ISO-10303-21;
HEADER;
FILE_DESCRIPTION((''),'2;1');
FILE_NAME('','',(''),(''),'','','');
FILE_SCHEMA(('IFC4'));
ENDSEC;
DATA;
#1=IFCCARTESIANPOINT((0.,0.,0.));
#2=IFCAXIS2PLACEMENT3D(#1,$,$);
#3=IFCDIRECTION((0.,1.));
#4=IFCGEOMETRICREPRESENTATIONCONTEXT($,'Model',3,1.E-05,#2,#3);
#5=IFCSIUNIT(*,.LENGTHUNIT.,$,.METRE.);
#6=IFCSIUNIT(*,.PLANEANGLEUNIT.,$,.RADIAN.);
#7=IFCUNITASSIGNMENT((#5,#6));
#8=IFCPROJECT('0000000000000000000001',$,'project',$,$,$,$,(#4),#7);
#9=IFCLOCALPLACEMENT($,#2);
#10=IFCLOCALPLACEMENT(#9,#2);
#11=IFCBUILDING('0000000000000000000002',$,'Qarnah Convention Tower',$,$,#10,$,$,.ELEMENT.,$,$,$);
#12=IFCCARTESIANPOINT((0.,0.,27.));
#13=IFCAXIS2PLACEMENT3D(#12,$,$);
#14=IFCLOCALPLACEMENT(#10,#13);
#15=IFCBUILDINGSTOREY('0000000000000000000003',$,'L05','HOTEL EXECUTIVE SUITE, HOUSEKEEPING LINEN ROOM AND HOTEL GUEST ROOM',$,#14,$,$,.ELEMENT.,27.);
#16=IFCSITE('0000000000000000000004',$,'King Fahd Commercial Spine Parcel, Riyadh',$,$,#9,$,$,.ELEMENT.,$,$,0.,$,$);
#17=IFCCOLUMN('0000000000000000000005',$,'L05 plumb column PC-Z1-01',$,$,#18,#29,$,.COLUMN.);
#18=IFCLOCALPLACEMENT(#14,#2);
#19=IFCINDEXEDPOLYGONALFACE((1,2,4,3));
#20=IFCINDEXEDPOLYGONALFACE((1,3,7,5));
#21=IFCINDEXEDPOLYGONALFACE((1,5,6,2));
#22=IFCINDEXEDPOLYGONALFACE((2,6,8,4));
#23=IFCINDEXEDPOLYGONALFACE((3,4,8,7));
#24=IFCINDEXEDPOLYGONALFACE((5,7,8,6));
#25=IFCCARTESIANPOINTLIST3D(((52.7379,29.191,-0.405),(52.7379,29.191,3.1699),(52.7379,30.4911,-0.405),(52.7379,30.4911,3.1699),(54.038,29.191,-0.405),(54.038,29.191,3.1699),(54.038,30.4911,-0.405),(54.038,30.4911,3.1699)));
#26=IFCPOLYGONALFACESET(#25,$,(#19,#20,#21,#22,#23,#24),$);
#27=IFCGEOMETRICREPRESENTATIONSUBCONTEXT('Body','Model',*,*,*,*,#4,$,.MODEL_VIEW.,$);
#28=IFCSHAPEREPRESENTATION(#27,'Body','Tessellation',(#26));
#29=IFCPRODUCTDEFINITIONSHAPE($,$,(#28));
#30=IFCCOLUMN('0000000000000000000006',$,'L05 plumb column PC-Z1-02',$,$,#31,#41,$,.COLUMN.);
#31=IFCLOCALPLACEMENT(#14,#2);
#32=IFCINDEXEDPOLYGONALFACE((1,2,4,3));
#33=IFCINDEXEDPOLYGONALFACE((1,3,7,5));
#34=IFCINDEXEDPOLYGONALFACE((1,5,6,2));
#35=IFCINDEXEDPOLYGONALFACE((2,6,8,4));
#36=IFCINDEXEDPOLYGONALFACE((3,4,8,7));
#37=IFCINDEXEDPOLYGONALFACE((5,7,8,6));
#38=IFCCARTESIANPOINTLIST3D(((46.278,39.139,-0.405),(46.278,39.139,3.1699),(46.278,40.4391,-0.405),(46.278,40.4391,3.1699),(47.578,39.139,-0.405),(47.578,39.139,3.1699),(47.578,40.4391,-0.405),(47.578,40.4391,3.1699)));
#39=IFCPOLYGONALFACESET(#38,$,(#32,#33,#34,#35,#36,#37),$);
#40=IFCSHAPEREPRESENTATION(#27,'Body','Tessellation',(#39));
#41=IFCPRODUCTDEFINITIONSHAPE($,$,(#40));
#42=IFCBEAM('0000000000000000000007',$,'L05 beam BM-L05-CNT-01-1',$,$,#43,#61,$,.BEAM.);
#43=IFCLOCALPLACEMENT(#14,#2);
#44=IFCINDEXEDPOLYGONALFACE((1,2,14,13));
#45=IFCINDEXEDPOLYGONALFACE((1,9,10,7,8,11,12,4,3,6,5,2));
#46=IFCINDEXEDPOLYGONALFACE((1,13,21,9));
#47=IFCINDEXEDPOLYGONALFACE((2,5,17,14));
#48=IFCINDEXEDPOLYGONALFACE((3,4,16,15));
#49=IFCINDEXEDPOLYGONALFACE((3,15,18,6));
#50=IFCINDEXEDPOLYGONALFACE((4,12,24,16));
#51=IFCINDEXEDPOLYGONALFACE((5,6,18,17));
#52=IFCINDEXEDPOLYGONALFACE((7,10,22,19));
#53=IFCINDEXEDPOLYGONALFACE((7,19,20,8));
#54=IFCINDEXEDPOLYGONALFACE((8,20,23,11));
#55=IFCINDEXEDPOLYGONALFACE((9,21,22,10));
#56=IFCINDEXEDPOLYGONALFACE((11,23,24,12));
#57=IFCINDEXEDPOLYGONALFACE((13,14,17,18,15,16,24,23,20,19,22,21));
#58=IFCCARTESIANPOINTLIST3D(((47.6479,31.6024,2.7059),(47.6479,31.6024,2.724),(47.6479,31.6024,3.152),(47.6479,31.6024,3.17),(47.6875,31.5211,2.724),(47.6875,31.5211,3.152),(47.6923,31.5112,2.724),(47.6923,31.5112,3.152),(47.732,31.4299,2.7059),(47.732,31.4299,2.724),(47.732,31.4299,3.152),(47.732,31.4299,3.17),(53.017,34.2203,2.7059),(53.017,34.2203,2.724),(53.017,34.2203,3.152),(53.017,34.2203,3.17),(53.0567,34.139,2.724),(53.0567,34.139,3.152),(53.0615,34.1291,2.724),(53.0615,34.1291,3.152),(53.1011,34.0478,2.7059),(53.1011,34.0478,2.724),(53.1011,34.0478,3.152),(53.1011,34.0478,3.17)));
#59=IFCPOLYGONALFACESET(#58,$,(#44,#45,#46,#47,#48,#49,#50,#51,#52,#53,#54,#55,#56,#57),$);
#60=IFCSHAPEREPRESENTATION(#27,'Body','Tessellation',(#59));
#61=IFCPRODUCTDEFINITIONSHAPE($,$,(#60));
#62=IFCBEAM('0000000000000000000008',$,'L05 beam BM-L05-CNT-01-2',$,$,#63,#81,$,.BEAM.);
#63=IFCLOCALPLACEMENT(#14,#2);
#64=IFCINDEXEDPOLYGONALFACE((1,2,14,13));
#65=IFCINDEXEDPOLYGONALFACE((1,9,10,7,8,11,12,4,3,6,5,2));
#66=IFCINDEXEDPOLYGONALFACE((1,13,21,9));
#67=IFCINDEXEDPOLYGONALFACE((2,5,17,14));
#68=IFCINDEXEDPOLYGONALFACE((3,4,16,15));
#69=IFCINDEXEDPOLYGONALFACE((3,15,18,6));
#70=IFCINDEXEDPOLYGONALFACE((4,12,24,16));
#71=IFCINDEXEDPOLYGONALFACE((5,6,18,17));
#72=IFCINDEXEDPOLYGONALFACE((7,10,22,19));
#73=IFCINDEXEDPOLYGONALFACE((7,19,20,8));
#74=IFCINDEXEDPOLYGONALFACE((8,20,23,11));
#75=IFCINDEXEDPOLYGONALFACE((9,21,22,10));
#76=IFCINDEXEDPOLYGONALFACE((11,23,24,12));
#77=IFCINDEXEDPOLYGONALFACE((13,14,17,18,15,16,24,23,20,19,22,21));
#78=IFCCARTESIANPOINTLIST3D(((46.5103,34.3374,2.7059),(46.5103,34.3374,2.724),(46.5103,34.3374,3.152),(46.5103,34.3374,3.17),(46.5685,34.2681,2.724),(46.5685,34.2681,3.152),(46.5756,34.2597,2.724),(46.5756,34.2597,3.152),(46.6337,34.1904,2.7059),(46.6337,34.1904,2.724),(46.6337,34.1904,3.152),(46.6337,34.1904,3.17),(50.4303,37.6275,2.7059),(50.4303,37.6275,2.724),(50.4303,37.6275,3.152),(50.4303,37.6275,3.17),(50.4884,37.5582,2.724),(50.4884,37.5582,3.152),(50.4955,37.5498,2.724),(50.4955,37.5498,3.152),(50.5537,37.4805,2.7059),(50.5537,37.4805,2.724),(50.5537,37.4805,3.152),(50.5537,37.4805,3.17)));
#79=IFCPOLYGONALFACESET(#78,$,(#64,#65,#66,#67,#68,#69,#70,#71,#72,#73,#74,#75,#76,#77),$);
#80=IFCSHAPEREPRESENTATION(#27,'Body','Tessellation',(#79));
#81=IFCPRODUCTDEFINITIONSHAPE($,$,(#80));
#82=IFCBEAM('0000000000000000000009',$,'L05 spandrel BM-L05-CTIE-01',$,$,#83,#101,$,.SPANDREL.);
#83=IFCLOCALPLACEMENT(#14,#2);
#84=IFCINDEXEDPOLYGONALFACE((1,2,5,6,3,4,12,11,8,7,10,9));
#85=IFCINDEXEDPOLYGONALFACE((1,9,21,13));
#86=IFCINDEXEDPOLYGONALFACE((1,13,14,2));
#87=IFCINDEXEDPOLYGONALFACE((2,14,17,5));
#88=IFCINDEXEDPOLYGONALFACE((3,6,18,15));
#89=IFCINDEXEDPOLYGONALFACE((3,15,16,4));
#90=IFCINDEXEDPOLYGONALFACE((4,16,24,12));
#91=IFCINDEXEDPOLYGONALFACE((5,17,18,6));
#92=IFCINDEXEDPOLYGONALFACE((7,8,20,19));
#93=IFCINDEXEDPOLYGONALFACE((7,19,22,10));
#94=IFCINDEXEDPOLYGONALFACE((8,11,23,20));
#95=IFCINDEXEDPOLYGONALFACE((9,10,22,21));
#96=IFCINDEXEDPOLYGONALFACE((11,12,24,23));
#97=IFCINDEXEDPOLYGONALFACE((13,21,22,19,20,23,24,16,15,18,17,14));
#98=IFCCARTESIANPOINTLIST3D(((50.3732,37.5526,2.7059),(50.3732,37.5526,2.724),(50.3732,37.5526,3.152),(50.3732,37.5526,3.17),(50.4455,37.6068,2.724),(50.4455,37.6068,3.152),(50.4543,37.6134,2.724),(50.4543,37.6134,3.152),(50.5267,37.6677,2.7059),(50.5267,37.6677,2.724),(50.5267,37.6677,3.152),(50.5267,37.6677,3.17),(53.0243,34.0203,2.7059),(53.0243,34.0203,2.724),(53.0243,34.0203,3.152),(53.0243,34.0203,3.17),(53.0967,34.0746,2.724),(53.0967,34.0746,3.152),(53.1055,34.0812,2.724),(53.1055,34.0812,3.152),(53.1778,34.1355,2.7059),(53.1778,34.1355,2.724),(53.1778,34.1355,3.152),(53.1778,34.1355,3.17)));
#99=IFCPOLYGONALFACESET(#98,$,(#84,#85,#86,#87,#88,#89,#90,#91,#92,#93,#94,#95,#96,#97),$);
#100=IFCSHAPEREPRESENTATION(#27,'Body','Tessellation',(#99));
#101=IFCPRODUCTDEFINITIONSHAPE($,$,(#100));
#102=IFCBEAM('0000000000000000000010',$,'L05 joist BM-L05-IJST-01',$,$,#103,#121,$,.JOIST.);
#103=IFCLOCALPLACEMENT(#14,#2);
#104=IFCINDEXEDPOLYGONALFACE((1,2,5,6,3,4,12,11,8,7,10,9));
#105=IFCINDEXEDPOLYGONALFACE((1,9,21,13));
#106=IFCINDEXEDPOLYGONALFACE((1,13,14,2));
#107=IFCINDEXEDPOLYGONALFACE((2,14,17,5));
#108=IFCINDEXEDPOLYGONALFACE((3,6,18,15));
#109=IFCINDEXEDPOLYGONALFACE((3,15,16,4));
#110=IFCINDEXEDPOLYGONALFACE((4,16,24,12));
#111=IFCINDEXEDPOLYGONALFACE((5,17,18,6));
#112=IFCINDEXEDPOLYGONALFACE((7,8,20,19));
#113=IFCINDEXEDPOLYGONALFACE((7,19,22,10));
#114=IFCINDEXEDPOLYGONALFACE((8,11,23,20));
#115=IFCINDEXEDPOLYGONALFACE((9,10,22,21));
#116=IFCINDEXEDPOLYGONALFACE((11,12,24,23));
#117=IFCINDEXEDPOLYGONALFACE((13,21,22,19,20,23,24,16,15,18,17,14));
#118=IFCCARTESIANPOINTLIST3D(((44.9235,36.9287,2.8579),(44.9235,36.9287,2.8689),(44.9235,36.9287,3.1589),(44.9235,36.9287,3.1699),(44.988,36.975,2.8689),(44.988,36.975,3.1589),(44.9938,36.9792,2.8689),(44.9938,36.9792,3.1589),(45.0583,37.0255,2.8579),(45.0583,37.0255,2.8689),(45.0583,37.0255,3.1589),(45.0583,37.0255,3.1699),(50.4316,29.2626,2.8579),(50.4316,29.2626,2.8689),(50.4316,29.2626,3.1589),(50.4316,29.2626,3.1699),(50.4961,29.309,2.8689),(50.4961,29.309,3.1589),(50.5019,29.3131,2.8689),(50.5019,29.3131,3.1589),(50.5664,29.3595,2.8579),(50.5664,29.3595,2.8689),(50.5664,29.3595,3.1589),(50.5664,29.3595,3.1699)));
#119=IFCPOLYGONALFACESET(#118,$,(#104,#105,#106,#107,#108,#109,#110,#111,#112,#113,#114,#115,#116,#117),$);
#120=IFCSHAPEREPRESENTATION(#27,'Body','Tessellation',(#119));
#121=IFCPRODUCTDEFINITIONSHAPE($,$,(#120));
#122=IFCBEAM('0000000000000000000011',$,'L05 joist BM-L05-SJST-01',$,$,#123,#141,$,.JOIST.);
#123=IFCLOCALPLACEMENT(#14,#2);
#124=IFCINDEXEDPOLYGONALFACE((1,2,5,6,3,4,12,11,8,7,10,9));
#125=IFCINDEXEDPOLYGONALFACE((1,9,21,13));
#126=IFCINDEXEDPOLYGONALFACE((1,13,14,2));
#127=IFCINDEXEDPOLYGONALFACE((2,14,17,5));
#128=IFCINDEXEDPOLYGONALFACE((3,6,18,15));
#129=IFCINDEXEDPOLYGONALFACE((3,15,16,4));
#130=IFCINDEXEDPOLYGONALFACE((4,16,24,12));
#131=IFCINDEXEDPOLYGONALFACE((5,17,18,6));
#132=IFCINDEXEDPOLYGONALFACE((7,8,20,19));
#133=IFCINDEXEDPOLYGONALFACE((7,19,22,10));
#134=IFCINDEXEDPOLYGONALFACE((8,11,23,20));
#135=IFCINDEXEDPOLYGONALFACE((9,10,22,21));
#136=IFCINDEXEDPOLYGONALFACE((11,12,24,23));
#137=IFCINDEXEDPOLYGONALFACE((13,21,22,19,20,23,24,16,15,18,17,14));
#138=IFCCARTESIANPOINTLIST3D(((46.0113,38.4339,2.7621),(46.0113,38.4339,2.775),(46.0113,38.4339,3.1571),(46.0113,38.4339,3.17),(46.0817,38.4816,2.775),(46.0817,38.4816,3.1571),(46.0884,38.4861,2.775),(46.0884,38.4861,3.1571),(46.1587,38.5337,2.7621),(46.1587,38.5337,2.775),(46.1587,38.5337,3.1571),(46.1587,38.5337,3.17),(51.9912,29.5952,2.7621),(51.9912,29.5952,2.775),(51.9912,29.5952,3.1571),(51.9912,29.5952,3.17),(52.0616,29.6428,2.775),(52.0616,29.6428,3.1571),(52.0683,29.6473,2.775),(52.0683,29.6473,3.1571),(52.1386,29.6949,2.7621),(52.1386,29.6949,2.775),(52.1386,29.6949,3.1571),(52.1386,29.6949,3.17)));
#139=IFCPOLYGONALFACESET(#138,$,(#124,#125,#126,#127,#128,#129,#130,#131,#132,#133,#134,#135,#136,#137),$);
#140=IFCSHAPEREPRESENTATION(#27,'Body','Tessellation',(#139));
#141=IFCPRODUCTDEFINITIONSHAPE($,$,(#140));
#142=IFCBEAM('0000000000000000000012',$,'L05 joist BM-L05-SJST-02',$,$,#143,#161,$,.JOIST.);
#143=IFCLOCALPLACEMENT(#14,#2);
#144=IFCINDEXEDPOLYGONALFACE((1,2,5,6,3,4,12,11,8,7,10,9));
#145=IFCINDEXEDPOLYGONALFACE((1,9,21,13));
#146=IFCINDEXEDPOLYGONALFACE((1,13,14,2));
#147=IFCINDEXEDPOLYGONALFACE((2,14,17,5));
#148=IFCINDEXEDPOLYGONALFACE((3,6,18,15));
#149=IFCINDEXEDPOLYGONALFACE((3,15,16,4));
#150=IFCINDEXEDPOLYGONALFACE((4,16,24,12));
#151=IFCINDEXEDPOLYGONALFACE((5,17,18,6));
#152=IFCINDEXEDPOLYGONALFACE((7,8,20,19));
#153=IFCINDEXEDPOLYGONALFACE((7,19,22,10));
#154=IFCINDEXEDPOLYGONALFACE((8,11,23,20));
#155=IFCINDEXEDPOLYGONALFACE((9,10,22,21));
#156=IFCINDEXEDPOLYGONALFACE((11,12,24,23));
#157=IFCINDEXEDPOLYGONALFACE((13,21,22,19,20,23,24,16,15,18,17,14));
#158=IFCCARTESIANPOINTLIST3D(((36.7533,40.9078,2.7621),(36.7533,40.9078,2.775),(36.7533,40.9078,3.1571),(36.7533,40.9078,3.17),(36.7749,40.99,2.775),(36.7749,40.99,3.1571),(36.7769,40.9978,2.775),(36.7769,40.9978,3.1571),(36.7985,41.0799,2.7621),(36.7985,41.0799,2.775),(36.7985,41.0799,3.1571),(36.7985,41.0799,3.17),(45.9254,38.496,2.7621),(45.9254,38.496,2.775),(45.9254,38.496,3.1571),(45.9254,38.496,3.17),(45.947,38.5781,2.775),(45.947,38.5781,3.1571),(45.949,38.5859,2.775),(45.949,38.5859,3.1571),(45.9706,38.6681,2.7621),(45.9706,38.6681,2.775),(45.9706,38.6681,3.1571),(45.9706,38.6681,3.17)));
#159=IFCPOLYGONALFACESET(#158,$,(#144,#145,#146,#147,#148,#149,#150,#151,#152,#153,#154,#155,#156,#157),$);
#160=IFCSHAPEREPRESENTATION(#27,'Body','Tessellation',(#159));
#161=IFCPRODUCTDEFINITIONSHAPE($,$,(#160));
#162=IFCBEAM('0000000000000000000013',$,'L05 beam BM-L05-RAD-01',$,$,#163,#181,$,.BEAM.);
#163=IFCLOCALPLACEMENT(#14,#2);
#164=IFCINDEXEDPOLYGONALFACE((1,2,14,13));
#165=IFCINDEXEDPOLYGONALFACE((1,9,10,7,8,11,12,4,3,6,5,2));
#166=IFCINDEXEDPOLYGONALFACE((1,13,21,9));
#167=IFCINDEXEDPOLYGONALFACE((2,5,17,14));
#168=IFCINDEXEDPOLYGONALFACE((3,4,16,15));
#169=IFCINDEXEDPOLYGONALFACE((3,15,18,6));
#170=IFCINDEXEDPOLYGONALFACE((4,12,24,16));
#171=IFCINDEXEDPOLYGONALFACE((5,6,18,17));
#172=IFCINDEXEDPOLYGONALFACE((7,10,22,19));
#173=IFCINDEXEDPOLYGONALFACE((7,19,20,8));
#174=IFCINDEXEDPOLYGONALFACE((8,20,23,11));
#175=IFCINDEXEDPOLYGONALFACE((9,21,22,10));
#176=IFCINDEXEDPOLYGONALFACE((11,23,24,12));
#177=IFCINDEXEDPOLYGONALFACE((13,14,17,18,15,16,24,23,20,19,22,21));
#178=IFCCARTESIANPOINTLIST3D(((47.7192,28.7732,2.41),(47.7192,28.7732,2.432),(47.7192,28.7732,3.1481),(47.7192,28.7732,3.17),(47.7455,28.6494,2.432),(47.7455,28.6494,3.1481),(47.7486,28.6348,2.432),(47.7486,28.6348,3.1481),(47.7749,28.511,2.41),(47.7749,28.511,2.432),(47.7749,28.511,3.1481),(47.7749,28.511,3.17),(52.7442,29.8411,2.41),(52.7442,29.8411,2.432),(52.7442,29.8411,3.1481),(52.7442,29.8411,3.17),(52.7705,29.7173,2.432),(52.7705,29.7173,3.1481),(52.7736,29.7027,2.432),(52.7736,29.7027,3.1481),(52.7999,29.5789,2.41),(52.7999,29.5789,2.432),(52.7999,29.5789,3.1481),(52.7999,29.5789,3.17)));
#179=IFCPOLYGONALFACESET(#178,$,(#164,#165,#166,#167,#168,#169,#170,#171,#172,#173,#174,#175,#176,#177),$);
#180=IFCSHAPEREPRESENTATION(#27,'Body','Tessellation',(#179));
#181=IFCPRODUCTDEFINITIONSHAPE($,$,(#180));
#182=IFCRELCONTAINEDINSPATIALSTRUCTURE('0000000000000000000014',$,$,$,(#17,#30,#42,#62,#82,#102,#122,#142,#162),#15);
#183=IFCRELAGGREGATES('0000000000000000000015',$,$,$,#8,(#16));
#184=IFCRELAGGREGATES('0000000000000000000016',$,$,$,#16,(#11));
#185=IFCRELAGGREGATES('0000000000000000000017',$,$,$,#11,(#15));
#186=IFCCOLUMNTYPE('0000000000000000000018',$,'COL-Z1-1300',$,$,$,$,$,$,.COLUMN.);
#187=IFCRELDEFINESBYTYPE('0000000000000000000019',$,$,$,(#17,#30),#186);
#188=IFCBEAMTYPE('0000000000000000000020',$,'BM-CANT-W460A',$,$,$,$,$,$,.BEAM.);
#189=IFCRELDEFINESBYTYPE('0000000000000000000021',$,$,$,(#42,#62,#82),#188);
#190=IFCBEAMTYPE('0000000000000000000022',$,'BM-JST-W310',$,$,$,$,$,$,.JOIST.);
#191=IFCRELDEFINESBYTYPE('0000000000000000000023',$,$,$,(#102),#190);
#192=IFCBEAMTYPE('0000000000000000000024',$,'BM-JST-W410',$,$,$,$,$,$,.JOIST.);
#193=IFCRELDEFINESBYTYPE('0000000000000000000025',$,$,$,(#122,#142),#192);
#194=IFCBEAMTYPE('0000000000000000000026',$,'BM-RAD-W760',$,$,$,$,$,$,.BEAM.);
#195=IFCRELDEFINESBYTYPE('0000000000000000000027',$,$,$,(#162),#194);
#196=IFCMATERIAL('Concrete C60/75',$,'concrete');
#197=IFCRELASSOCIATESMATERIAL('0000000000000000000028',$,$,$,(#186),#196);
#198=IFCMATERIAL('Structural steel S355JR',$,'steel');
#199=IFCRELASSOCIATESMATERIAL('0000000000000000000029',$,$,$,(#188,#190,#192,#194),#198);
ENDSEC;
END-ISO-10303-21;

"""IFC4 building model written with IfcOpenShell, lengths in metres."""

from ifc_helpers import new_model, si_unit, direction, frame, origin, origin_2d, place, context, subcontext, project, spatial, rectangle, i_section, extrude, material, material_profile, profile_set, type_object, element, save


model = new_model("IFC4")

# Units and contexts
model_context = context("Model", 3, precision=1e-05, world=origin(), true_north=direction((0.0, 1.0)))
body_context = subcontext(model_context, "Body", "Model", "MODEL_VIEW")
ifc_project = project(units=[si_unit("LENGTHUNIT", "METRE"), si_unit("PLANEANGLEUNIT", "RADIAN")], contexts=[model_context])

# Site, building, storey
site_placement = place(None, origin())
site = spatial("IfcSite", under=ifc_project, at=site_placement, Name="King Fahd Commercial Spine Parcel, Riyadh", CompositionType="ELEMENT", RefElevation=0.0)
building_placement = place(site_placement, origin())
building = spatial("IfcBuilding", under=site, at=building_placement, Name="Qarnah Convention Tower", CompositionType="ELEMENT")
storey_placement = place(building_placement, frame((0.0, 0.0, 27.0)))
storey = spatial("IfcBuildingStorey", under=building, at=storey_placement, Name="L05", Description="HOTEL EXECUTIVE SUITE, HOUSEKEEPING LINEN ROOM AND HOTEL GUEST ROOM", CompositionType="ELEMENT", Elevation=27.0)

# Columns
ifc_material_1 = material(Name="Concrete C60/75", Category="concrete")
ifc_material_profile_1 = material_profile(ifc_material_1, rectangle(XDim=1.3, YDim=1.3, at=origin_2d()), Name="RC-COL-1300X1300")
ifc_profile_set_1 = profile_set([ifc_material_profile_1], Name="Concrete C60/75")
column_type = type_object("IfcColumnType", Name="COL-Z1-1300", PredefinedType="COLUMN", material=ifc_profile_set_1)
for number, where, z_axis, x_axis, name in (
    (1, (53.3879, 29.8411, -0.405), (0.0, 0.0, 1.0), (1.0, 0.0, 0.0), "L05 plumb column PC-Z1-01"),
    (2, (46.928, 39.7891, -0.405), (0.0, 0.0, 1.0), (1.0, 0.0, 0.0), "L05 plumb column PC-Z1-02"),
):
    element("IfcColumn", number, at=place(storey_placement, frame(where, z_axis=z_axis, x_axis=x_axis)), inside=storey, type_object=column_type, Name=name, PredefinedType="COLUMN", context=body_context, shape_type="SweptSolid", body=[
        extrude(rectangle(XDim=1.3, YDim=1.3, at=origin_2d()), origin(), (0.0, 0.0, 1.0), 3.575),
    ])

# Beams
ifc_material_2 = material(Name="Structural steel S355JR", Category="steel")
ifc_material_profile_2 = material_profile(ifc_material_2, i_section(OverallWidth=0.1919, OverallDepth=0.4641, WebThickness=0.011, FlangeThickness=0.0181, at=origin_2d()), Name="W460X89")
ifc_profile_set_2 = profile_set([ifc_material_profile_2], Name="Structural steel S355JR")
beam_type_1 = type_object("IfcBeamType", Name="BM-CANT-W460A", PredefinedType="BEAM", material=ifc_profile_set_2)
beam_1_placement = place(storey_placement, frame((47.6899, 31.5161, 2.938), z_axis=(0.898846, 0.438265, 0.0), x_axis=(-0.438265, 0.898846, 0.0)))
element("IfcBeam", 3, at=beam_1_placement, inside=storey, type_object=beam_type_1, Name="L05 beam BM-L05-CNT-01-1", PredefinedType="BEAM", context=body_context, shape_type="SweptSolid", body=[
    extrude(i_section(OverallWidth=0.1919, OverallDepth=0.4641, WebThickness=0.011, FlangeThickness=0.0181, at=origin_2d()), origin(), (0.0, 0.0, 1.0), 5.9734),
])
beam_2_placement = place(storey_placement, frame((46.572, 34.2639, 2.938), z_axis=(0.765964, 0.642883, 0.0), x_axis=(-0.642883, 0.765964, 0.0)))
element("IfcBeam", 4, at=beam_2_placement, inside=storey, type_object=beam_type_1, Name="L05 beam BM-L05-CNT-01-2", PredefinedType="BEAM", context=body_context, shape_type="SweptSolid", body=[
    extrude(i_section(OverallWidth=0.1919, OverallDepth=0.4641, WebThickness=0.011, FlangeThickness=0.0181, at=origin_2d()), origin(), (0.0, 0.0, 1.0), 5.1177),
])
beam_3_placement = place(storey_placement, frame((53.1011, 34.0779, 2.938), z_axis=(-0.600283, 0.799788, 0.0), x_axis=(-0.799788, -0.600283, 0.0)))
element("IfcBeam", 5, at=beam_3_placement, inside=storey, type_object=beam_type_1, Name="L05 spandrel BM-L05-CTIE-01", PredefinedType="SPANDREL", context=body_context, shape_type="SweptSolid", body=[
    extrude(i_section(OverallWidth=0.1919, OverallDepth=0.4641, WebThickness=0.011, FlangeThickness=0.0181, at=origin_2d()), origin(), (0.0, 0.0, 1.0), 4.4165),
])
ifc_material_profile_3 = material_profile(ifc_material_2, i_section(OverallWidth=0.166, OverallDepth=0.312, WebThickness=0.0071, FlangeThickness=0.011, at=origin_2d()), Name="W310X45")
ifc_profile_set_3 = profile_set([ifc_material_profile_3], Name="Structural steel S355JR")
beam_type_2 = type_object("IfcBeamType", Name="BM-JST-W310", PredefinedType="JOIST", material=ifc_profile_set_3)
beam_4_placement = place(storey_placement, frame((50.499, 29.311, 3.0139), z_axis=(-0.583504, 0.81211, 0.0), x_axis=(-0.81211, -0.583504, 0.0)))
element("IfcBeam", 6, at=beam_4_placement, inside=storey, type_object=beam_type_2, Name="L05 joist BM-L05-IJST-01", PredefinedType="JOIST", context=body_context, shape_type="SweptSolid", body=[
    extrude(i_section(OverallWidth=0.166, OverallDepth=0.312, WebThickness=0.0071, FlangeThickness=0.011, at=origin_2d()), origin(), (0.0, 0.0, 1.0), 9.4397),
])
ifc_material_profile_4 = material_profile(ifc_material_2, i_section(OverallWidth=0.178, OverallDepth=0.408, WebThickness=0.0081, FlangeThickness=0.0129, at=origin_2d()), Name="W410X60")
ifc_profile_set_4 = profile_set([ifc_material_profile_4], Name="Structural steel S355JR")
beam_type_3 = type_object("IfcBeamType", Name="BM-JST-W410", PredefinedType="JOIST", material=ifc_profile_set_4)
beam_5_placement = place(storey_placement, frame((52.0649, 29.645, 2.9661), z_axis=(-0.560357, 0.828251, 0.0), x_axis=(-0.828251, -0.560357, 0.0)))
element("IfcBeam", 7, at=beam_5_placement, inside=storey, type_object=beam_type_3, Name="L05 joist BM-L05-SJST-01", PredefinedType="JOIST", context=body_context, shape_type="SweptSolid", body=[
    extrude(i_section(OverallWidth=0.178, OverallDepth=0.408, WebThickness=0.0081, FlangeThickness=0.0129, at=origin_2d()), origin(), (0.0, 0.0, 1.0), 10.6716),
])
beam_6_placement = place(storey_placement, frame((45.948, 38.582, 2.9661), z_axis=(-0.967123, 0.254311, 0.0), x_axis=(-0.254311, -0.967123, 0.0)))
element("IfcBeam", 8, at=beam_6_placement, inside=storey, type_object=beam_type_3, Name="L05 joist BM-L05-SJST-02", PredefinedType="JOIST", context=body_context, shape_type="SweptSolid", body=[
    extrude(i_section(OverallWidth=0.178, OverallDepth=0.408, WebThickness=0.0081, FlangeThickness=0.0129, at=origin_2d()), origin(), (0.0, 0.0, 1.0), 9.4839),
])
ifc_material_profile_5 = material_profile(ifc_material_2, i_section(OverallWidth=0.2681, OverallDepth=0.76, WebThickness=0.0149, FlangeThickness=0.022, at=origin_2d()), Name="W760X185")
ifc_profile_set_5 = profile_set([ifc_material_profile_5], Name="Structural steel S355JR")
beam_type_4 = type_object("IfcBeamType", Name="BM-RAD-W760", PredefinedType="BEAM", material=ifc_profile_set_5)
beam_7_placement = place(storey_placement, frame((47.7471, 28.6421, 2.79), z_axis=(0.978156, 0.207874, 0.0), x_axis=(-0.207874, 0.978156, 0.0)))
element("IfcBeam", 9, at=beam_7_placement, inside=storey, type_object=beam_type_4, Name="L05 beam BM-L05-RAD-01", PredefinedType="BEAM", context=body_context, shape_type="SweptSolid", body=[
    extrude(i_section(OverallWidth=0.2681, OverallDepth=0.76, WebThickness=0.0149, FlangeThickness=0.022, at=origin_2d()), origin(), (0.0, 0.0, 1.0), 5.1372),
])

save(model, "model.ifc")
